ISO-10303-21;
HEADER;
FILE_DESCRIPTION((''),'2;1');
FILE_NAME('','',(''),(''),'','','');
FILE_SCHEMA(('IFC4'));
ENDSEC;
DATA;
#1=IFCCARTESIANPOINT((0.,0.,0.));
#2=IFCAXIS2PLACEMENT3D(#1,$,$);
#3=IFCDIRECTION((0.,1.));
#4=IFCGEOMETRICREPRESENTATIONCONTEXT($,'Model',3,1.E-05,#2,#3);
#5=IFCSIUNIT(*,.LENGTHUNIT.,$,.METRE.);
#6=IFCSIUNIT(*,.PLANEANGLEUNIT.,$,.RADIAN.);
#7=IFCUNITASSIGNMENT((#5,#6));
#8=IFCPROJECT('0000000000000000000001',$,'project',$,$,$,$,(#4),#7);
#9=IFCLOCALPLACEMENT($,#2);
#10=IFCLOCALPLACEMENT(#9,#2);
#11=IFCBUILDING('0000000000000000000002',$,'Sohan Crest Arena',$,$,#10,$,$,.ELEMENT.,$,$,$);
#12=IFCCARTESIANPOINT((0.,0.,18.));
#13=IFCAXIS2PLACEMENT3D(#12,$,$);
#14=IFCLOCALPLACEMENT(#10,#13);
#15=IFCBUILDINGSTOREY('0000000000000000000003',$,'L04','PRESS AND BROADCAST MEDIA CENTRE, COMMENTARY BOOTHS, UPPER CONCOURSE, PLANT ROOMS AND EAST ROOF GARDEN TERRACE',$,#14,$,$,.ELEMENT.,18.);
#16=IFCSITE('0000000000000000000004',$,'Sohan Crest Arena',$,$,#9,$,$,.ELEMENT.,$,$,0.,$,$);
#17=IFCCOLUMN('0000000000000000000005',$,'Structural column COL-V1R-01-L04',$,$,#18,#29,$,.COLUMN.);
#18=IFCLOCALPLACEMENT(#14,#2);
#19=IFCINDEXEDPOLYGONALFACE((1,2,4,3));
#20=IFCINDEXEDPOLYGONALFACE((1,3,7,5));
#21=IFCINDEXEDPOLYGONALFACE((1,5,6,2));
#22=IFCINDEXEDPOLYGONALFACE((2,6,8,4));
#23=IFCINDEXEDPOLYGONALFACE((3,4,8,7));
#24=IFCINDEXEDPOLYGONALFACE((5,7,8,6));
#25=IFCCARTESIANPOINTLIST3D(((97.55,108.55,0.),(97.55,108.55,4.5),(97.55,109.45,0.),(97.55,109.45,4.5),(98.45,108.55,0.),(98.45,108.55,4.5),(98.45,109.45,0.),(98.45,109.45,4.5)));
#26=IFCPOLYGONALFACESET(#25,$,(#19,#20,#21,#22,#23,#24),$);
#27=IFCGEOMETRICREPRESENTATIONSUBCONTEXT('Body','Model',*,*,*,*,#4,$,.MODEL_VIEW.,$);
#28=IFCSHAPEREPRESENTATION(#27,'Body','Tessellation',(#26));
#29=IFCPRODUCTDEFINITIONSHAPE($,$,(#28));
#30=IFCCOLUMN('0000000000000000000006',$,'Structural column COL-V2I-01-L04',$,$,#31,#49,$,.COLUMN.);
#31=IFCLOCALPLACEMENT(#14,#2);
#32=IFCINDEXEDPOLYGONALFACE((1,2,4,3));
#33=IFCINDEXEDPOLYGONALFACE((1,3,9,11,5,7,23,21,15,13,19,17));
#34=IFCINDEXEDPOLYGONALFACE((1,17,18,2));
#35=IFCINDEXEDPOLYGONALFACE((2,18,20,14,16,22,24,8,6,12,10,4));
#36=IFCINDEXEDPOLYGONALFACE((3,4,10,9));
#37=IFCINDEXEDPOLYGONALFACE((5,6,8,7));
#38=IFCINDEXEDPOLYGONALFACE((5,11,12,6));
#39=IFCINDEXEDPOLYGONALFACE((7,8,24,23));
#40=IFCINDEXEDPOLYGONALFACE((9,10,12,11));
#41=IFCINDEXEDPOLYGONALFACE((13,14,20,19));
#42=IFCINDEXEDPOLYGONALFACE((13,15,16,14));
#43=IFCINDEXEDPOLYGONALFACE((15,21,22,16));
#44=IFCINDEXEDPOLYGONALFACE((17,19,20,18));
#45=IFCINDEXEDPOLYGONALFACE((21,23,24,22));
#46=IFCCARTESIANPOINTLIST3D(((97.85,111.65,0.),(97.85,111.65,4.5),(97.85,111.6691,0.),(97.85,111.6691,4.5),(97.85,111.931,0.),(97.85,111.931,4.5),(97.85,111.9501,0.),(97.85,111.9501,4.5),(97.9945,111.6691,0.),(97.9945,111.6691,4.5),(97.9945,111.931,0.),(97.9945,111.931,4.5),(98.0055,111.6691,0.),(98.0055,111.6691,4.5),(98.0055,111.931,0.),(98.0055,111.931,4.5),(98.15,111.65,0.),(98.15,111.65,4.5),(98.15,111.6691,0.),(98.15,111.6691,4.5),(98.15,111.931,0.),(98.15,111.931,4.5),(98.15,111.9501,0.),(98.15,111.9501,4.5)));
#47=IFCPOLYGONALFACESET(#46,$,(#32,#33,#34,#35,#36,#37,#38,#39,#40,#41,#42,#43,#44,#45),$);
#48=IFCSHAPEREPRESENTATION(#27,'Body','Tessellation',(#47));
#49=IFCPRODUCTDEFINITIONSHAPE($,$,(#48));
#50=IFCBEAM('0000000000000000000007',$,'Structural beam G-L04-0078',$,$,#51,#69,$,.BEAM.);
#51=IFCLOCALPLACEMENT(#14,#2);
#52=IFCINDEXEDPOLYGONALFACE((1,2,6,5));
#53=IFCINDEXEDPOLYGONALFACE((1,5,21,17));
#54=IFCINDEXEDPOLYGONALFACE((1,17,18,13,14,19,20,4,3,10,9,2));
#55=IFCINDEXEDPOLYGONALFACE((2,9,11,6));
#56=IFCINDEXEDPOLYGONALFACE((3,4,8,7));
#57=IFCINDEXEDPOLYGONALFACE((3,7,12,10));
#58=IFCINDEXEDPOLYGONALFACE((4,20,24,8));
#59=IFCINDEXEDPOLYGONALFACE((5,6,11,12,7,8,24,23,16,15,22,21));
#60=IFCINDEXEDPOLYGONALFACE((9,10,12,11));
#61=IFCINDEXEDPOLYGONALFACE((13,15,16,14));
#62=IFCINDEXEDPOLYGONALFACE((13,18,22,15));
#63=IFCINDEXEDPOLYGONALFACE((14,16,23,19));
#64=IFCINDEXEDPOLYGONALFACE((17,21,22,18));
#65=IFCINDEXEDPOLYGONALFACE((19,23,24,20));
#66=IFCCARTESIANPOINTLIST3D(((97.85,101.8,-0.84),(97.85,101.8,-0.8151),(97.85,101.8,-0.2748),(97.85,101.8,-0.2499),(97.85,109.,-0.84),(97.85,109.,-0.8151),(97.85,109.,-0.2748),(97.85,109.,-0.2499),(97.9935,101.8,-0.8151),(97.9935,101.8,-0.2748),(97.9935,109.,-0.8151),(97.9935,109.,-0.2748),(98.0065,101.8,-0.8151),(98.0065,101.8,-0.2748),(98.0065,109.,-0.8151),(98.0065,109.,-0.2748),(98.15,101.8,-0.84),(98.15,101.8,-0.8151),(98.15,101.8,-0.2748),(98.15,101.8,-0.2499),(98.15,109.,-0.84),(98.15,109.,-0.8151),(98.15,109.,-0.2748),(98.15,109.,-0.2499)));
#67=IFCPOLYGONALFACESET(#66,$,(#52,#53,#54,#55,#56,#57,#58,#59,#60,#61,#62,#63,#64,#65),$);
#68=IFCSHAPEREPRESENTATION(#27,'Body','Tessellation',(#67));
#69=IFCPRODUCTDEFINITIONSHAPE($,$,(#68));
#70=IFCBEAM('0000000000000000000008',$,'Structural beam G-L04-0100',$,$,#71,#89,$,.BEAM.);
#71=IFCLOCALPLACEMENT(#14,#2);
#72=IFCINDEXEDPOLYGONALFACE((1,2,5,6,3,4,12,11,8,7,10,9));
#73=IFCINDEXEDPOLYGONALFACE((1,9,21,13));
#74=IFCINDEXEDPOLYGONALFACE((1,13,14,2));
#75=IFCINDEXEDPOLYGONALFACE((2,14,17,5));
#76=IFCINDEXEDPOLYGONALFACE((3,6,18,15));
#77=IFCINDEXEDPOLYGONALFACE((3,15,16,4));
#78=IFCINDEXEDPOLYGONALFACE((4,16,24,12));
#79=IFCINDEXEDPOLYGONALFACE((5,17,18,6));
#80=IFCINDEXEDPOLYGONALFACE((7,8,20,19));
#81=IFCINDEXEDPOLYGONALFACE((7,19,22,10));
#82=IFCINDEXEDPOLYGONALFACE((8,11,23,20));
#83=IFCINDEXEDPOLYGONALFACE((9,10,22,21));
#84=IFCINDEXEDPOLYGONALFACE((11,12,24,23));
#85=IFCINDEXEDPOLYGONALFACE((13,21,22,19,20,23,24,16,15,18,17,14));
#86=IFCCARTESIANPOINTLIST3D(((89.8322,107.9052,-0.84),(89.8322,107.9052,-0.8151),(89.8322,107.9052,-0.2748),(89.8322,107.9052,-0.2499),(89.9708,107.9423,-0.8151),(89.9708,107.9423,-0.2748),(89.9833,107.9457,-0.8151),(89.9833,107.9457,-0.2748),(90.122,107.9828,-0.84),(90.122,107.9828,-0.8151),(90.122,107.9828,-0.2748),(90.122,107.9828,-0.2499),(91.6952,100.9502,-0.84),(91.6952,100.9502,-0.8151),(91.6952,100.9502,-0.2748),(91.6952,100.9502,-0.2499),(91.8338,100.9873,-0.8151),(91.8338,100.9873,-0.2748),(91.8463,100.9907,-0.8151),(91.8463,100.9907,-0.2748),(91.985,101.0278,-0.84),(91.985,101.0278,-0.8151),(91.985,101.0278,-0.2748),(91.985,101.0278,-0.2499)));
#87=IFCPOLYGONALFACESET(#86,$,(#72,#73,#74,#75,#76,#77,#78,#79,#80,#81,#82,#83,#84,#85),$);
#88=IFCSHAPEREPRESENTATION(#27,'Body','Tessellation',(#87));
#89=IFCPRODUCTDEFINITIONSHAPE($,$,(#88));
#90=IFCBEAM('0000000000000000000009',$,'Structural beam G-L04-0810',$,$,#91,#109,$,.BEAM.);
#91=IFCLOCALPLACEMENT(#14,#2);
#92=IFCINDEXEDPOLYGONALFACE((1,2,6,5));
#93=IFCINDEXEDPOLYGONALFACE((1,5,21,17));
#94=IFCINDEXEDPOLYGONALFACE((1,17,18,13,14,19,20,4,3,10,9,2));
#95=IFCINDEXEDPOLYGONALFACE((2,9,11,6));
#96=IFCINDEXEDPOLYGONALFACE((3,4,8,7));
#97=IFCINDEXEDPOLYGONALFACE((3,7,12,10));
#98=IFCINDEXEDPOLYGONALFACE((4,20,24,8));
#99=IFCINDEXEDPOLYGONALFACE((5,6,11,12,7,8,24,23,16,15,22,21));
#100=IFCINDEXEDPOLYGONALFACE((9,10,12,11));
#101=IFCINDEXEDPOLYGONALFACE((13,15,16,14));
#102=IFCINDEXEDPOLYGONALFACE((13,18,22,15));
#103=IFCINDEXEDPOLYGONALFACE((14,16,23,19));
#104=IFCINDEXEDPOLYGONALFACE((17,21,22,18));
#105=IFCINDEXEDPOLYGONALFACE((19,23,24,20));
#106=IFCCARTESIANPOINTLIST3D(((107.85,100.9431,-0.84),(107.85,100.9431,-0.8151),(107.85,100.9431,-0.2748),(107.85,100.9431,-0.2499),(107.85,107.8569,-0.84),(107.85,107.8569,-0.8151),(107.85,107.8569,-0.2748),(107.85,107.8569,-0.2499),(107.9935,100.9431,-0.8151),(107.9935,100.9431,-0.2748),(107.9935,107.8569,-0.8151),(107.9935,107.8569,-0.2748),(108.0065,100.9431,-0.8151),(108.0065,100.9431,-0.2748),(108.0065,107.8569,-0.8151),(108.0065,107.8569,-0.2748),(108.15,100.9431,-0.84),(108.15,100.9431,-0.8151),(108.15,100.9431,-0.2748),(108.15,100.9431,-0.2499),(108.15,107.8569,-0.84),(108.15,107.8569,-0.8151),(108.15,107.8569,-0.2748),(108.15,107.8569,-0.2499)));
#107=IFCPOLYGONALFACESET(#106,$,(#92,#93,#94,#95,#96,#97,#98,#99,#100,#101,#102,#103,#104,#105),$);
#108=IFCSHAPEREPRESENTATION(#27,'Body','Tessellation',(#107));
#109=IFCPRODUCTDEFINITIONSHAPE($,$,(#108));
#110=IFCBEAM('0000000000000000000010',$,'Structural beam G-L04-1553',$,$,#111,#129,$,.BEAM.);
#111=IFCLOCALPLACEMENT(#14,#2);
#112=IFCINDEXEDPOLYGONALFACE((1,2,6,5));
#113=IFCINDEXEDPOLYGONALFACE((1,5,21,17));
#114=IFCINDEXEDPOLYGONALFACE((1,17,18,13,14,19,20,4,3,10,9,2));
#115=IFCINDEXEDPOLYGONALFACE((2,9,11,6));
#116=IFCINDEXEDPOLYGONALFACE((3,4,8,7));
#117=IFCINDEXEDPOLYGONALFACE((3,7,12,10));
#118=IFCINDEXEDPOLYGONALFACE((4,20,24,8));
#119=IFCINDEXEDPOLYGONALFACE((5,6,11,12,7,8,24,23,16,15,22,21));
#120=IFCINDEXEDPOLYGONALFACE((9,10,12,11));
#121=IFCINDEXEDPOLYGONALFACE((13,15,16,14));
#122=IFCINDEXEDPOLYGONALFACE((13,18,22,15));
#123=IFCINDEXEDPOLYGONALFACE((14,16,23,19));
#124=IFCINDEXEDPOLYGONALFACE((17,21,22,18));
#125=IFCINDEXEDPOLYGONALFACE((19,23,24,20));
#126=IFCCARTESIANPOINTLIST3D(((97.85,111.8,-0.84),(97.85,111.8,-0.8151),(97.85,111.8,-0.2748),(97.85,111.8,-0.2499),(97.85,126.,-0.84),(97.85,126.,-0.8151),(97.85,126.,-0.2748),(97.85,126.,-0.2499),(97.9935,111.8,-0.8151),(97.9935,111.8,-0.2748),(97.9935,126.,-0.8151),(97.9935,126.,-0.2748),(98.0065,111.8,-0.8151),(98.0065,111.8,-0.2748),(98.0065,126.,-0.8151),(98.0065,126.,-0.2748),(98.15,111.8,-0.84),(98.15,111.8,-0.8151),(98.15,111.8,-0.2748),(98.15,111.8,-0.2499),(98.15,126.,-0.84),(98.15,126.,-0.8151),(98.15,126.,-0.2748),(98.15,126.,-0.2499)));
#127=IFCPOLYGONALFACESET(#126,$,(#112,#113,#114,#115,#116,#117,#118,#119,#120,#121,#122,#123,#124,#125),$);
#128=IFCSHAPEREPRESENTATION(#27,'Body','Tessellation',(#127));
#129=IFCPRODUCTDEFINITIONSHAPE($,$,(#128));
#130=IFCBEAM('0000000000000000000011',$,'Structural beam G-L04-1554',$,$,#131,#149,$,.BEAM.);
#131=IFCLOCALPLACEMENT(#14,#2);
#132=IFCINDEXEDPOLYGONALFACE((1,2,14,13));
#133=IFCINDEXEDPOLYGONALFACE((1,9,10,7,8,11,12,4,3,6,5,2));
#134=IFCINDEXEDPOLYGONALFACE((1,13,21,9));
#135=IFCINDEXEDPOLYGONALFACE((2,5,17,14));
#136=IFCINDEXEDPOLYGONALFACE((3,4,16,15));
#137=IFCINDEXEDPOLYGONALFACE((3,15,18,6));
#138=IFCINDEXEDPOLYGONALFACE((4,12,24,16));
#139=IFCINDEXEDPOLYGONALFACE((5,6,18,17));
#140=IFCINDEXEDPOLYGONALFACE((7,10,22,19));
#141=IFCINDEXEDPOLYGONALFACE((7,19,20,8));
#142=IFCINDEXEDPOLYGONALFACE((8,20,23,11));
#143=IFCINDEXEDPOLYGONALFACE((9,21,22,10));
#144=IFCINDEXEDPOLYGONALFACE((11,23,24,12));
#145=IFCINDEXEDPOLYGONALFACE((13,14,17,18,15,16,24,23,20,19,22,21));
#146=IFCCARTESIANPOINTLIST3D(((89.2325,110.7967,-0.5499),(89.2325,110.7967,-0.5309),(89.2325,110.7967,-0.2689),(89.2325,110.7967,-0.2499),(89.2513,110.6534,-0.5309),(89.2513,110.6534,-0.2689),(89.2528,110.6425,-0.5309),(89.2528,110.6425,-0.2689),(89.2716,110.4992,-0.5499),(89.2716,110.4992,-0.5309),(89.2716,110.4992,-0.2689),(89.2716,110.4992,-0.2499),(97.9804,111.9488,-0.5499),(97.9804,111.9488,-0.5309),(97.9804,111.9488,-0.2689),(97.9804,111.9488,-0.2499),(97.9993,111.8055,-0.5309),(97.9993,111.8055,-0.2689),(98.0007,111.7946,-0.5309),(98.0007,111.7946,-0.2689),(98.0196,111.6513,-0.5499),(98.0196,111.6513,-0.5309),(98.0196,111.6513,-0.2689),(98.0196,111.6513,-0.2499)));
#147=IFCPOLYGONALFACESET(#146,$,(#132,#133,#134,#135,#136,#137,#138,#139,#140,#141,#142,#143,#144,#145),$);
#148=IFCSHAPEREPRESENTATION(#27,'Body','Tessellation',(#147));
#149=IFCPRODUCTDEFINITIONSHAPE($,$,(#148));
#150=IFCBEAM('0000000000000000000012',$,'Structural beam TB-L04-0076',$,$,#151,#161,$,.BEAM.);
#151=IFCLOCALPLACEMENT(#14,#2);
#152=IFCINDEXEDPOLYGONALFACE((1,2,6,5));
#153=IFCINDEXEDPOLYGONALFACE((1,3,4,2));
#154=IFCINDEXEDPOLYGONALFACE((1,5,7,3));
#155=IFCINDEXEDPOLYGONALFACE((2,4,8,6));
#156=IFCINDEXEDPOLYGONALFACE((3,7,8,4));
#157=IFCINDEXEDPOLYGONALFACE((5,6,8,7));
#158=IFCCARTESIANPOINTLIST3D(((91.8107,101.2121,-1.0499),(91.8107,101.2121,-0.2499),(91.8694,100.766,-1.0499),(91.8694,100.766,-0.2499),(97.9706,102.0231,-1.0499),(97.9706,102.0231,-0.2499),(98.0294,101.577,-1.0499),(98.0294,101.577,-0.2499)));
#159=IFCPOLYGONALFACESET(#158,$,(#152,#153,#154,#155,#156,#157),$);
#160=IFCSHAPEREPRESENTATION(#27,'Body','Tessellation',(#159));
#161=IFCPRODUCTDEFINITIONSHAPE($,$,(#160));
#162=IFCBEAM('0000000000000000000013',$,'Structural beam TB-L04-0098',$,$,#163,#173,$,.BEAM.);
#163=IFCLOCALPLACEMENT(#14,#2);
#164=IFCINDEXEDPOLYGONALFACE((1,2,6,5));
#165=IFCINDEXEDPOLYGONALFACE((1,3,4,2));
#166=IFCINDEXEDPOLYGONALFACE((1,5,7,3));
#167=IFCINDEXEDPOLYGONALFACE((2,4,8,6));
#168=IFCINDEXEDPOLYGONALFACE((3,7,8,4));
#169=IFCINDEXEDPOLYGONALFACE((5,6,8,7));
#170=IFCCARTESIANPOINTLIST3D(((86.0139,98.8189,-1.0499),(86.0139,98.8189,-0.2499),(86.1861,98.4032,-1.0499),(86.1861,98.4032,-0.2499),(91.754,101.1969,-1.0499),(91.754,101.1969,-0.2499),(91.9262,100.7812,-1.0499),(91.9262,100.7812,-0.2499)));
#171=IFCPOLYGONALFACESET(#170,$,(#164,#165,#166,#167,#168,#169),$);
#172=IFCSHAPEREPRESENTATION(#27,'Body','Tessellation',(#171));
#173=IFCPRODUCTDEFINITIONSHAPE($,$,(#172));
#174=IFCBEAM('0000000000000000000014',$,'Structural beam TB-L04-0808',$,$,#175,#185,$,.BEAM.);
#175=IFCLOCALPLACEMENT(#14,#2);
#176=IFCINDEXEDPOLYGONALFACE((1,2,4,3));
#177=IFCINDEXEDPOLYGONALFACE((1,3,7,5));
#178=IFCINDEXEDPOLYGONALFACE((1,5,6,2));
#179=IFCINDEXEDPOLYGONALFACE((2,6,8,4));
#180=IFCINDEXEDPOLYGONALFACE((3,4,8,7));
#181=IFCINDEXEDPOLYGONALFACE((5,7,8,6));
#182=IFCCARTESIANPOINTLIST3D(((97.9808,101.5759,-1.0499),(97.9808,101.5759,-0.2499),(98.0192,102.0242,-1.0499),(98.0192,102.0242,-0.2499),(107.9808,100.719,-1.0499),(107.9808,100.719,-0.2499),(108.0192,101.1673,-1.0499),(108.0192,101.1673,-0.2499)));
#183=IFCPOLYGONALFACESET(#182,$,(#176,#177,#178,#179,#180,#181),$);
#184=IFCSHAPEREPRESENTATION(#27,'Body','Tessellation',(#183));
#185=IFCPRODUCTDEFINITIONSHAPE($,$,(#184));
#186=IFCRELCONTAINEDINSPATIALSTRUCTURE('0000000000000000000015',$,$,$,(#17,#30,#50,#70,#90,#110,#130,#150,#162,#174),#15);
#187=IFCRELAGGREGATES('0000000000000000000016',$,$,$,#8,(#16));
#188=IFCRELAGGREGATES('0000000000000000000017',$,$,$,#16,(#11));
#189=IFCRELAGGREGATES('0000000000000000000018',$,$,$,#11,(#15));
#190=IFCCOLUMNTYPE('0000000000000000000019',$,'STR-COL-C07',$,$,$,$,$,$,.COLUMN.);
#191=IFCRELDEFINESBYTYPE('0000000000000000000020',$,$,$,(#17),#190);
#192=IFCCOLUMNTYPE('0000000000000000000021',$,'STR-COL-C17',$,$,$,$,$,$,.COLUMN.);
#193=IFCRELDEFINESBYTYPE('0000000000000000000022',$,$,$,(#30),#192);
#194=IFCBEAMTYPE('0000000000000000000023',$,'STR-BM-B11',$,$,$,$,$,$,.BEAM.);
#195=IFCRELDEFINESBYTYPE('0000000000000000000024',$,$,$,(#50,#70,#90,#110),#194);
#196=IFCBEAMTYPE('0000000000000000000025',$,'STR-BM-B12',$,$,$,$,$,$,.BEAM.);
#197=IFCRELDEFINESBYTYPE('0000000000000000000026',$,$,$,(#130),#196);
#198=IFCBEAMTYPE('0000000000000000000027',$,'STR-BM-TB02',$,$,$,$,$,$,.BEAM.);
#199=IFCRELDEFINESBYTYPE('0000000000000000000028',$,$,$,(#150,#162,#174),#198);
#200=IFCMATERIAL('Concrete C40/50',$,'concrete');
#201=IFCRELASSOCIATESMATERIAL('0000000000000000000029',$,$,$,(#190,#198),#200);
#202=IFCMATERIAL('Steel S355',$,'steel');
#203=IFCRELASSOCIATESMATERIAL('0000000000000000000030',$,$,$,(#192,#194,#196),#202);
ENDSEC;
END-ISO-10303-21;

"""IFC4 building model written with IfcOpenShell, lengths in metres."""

from ifc_helpers import new_model, si_unit, direction, frame, origin, origin_2d, place, context, subcontext, project, spatial, rectangle, i_section, extrude, material, material_profile, profile_set, type_object, element, save


model = new_model("IFC4")

# Units and contexts
model_context = context("Model", 3, precision=1e-05, world=origin(), true_north=direction((0.0, 1.0)))
body_context = subcontext(model_context, "Body", "Model", "MODEL_VIEW")
ifc_project = project(units=[si_unit("LENGTHUNIT", "METRE"), si_unit("PLANEANGLEUNIT", "RADIAN")], contexts=[model_context])

# Site, building, storey
site_placement = place(None, origin())
site = spatial("IfcSite", under=ifc_project, at=site_placement, Name="Sohan Crest Arena", CompositionType="ELEMENT", RefElevation=0.0)
building_placement = place(site_placement, origin())
building = spatial("IfcBuilding", under=site, at=building_placement, Name="Sohan Crest Arena", CompositionType="ELEMENT")
storey_placement = place(building_placement, frame((0.0, 0.0, 18.0)))
storey = spatial("IfcBuildingStorey", under=building, at=storey_placement, Name="L04", Description="PRESS AND BROADCAST MEDIA CENTRE, COMMENTARY BOOTHS, UPPER CONCOURSE, PLANT ROOMS AND EAST ROOF GARDEN TERRACE", CompositionType="ELEMENT", Elevation=18.0)

# Columns
ifc_material_1 = material(Name="Concrete C40/50", Category="concrete")
ifc_material_profile_1 = material_profile(ifc_material_1, rectangle(XDim=0.8999, YDim=0.8999, at=origin_2d()), Name="RC 900x900")
ifc_profile_set_1 = profile_set([ifc_material_profile_1], Name="Concrete C40/50")
column_type_1 = type_object("IfcColumnType", Name="STR-COL-C07", PredefinedType="COLUMN", material=ifc_profile_set_1)
column_1_placement = place(storey_placement, frame((98.0, 109.0, 0.0), z_axis=(0.0, 0.0, 1.0), x_axis=(0.0, 1.0, 0.0)))
element("IfcColumn", 1, at=column_1_placement, inside=storey, type_object=column_type_1, Name="Structural column COL-V1R-01-L04", PredefinedType="COLUMN", context=body_context, shape_type="SweptSolid", body=[
    extrude(rectangle(XDim=0.8999, YDim=0.8999, at=origin_2d()), origin(), (0.0, 0.0, 1.0), 4.5),
])
ifc_material_2 = material(Name="Steel S355", Category="steel")
ifc_material_profile_2 = material_profile(ifc_material_2, i_section(OverallWidth=0.3, OverallDepth=0.3, WebThickness=0.011, FlangeThickness=0.019, at=origin_2d()), Name="HEB 300")
ifc_profile_set_2 = profile_set([ifc_material_profile_2], Name="Steel S355")
column_type_2 = type_object("IfcColumnType", Name="STR-COL-C17", PredefinedType="COLUMN", material=ifc_profile_set_2)
column_2_placement = place(storey_placement, frame((98.0, 111.8, 0.0), z_axis=(0.0, 0.0, 1.0), x_axis=(1.0, 0.0, 0.0)))
element("IfcColumn", 2, at=column_2_placement, inside=storey, type_object=column_type_2, Name="Structural column COL-V2I-01-L04", PredefinedType="COLUMN", context=body_context, shape_type="SweptSolid", body=[
    extrude(i_section(OverallWidth=0.3, OverallDepth=0.3, WebThickness=0.011, FlangeThickness=0.019, at=origin_2d()), origin(), (0.0, 0.0, 1.0), 4.5),
])

# Beams
ifc_material_profile_3 = material_profile(ifc_material_2, i_section(OverallWidth=0.3, OverallDepth=0.5901, WebThickness=0.0129, FlangeThickness=0.0249, at=origin_2d()), Name="HEA 600")
ifc_profile_set_3 = profile_set([ifc_material_profile_3], Name="Steel S355")
beam_type_1 = type_object("IfcBeamType", Name="STR-BM-B11", PredefinedType="BEAM", material=ifc_profile_set_3)
beam_1_placement = place(storey_placement, frame((98.0, 101.8, -0.5449), z_axis=(0.0, 1.0, 0.0), x_axis=(-1.0, 0.0, 0.0)))
element("IfcBeam", 3, at=beam_1_placement, inside=storey, type_object=beam_type_1, Name="Structural beam G-L04-0078", PredefinedType="BEAM", context=body_context, shape_type="SweptSolid", body=[
    extrude(i_section(OverallWidth=0.3, OverallDepth=0.5901, WebThickness=0.0129, FlangeThickness=0.0249, at=origin_2d()), origin(), (0.0, 0.0, 1.0), 7.2),
])
beam_2_placement = place(storey_placement, frame((91.8401, 100.989, -0.5449), z_axis=(-0.258745, 0.965946, 0.0), x_axis=(-0.965946, -0.258745, 0.0)))
element("IfcBeam", 4, at=beam_2_placement, inside=storey, type_object=beam_type_1, Name="Structural beam G-L04-0100", PredefinedType="BEAM", context=body_context, shape_type="SweptSolid", body=[
    extrude(i_section(OverallWidth=0.3, OverallDepth=0.5901, WebThickness=0.0129, FlangeThickness=0.0249, at=origin_2d()), origin(), (0.0, 0.0, 1.0), 7.2002),
])
beam_3_placement = place(storey_placement, frame((108.0, 100.9431, -0.5449), z_axis=(0.0, 1.0, 0.0), x_axis=(-1.0, 0.0, 0.0)))
element("IfcBeam", 5, at=beam_3_placement, inside=storey, type_object=beam_type_1, Name="Structural beam G-L04-0810", PredefinedType="BEAM", context=body_context, shape_type="SweptSolid", body=[
    extrude(i_section(OverallWidth=0.3, OverallDepth=0.5901, WebThickness=0.0129, FlangeThickness=0.0249, at=origin_2d()), origin(), (0.0, 0.0, 1.0), 6.9138),
])
beam_4_placement = place(storey_placement, frame((98.0, 111.8, -0.5449), z_axis=(0.0, 1.0, 0.0), x_axis=(-1.0, 0.0, 0.0)))
element("IfcBeam", 6, at=beam_4_placement, inside=storey, type_object=beam_type_1, Name="Structural beam G-L04-1553", PredefinedType="BEAM", context=body_context, shape_type="SweptSolid", body=[
    extrude(i_section(OverallWidth=0.3, OverallDepth=0.5901, WebThickness=0.0129, FlangeThickness=0.0249, at=origin_2d()), origin(), (0.0, 0.0, 1.0), 14.2),
])
ifc_material_profile_4 = material_profile(ifc_material_2, i_section(OverallWidth=0.3, OverallDepth=0.3, WebThickness=0.011, FlangeThickness=0.019, at=origin_2d()), Name="HEB 300")
ifc_profile_set_4 = profile_set([ifc_material_profile_4], Name="Steel S355")
beam_type_2 = type_object("IfcBeamType", Name="STR-BM-B12", PredefinedType="BEAM", material=ifc_profile_set_4)
beam_5_placement = place(storey_placement, frame((98.0, 111.8, -0.3999), z_axis=(-0.991439, -0.13057, 0.0), x_axis=(0.13057, -0.991439, 0.0)))
element("IfcBeam", 7, at=beam_5_placement, inside=storey, type_object=beam_type_2, Name="Structural beam G-L04-1554", PredefinedType="BEAM", context=body_context, shape_type="SweptSolid", body=[
    extrude(i_section(OverallWidth=0.3, OverallDepth=0.3, WebThickness=0.011, FlangeThickness=0.019, at=origin_2d()), origin(), (0.0, 0.0, 1.0), 8.8235),
])
ifc_material_profile_5 = material_profile(ifc_material_1, rectangle(XDim=0.45, YDim=0.8, at=origin_2d()), Name="RC-BM 450x800")
ifc_profile_set_5 = profile_set([ifc_material_profile_5], Name="Concrete C40/50")
beam_type_3 = type_object("IfcBeamType", Name="STR-BM-TB02", PredefinedType="BEAM", material=ifc_profile_set_5)
for number, where, z_axis, x_axis, name in (
    (8, (98.0, 101.8, -0.6499), (-0.991443, -0.130537, 0.0), (0.130537, -0.991443, 0.0), "Structural beam TB-L04-0076"),
    (9, (91.8401, 100.989, -0.6499), (-0.92386, -0.382731, 0.0), (0.382731, -0.92386, 0.0), "Structural beam TB-L04-0098"),
):
    element("IfcBeam", number, at=place(storey_placement, frame(where, z_axis=z_axis, x_axis=x_axis)), inside=storey, type_object=beam_type_3, Name=name, PredefinedType="BEAM", context=body_context, shape_type="SweptSolid", body=[
        extrude(rectangle(XDim=0.45, YDim=0.8, at=origin_2d()), origin(), (0.0, 0.0, 1.0), 6.2131),
    ])
beam_6_placement = place(storey_placement, frame((108.0, 100.9431, -0.6499), z_axis=(-0.996348, 0.08538, 0.0), x_axis=(-0.08538, -0.996348, 0.0)))
element("IfcBeam", 10, at=beam_6_placement, inside=storey, type_object=beam_type_3, Name="Structural beam TB-L04-0808", PredefinedType="BEAM", context=body_context, shape_type="SweptSolid", body=[
    extrude(rectangle(XDim=0.45, YDim=0.8, at=origin_2d()), origin(), (0.0, 0.0, 1.0), 10.0366),
])

save(model, "model.ifc")
